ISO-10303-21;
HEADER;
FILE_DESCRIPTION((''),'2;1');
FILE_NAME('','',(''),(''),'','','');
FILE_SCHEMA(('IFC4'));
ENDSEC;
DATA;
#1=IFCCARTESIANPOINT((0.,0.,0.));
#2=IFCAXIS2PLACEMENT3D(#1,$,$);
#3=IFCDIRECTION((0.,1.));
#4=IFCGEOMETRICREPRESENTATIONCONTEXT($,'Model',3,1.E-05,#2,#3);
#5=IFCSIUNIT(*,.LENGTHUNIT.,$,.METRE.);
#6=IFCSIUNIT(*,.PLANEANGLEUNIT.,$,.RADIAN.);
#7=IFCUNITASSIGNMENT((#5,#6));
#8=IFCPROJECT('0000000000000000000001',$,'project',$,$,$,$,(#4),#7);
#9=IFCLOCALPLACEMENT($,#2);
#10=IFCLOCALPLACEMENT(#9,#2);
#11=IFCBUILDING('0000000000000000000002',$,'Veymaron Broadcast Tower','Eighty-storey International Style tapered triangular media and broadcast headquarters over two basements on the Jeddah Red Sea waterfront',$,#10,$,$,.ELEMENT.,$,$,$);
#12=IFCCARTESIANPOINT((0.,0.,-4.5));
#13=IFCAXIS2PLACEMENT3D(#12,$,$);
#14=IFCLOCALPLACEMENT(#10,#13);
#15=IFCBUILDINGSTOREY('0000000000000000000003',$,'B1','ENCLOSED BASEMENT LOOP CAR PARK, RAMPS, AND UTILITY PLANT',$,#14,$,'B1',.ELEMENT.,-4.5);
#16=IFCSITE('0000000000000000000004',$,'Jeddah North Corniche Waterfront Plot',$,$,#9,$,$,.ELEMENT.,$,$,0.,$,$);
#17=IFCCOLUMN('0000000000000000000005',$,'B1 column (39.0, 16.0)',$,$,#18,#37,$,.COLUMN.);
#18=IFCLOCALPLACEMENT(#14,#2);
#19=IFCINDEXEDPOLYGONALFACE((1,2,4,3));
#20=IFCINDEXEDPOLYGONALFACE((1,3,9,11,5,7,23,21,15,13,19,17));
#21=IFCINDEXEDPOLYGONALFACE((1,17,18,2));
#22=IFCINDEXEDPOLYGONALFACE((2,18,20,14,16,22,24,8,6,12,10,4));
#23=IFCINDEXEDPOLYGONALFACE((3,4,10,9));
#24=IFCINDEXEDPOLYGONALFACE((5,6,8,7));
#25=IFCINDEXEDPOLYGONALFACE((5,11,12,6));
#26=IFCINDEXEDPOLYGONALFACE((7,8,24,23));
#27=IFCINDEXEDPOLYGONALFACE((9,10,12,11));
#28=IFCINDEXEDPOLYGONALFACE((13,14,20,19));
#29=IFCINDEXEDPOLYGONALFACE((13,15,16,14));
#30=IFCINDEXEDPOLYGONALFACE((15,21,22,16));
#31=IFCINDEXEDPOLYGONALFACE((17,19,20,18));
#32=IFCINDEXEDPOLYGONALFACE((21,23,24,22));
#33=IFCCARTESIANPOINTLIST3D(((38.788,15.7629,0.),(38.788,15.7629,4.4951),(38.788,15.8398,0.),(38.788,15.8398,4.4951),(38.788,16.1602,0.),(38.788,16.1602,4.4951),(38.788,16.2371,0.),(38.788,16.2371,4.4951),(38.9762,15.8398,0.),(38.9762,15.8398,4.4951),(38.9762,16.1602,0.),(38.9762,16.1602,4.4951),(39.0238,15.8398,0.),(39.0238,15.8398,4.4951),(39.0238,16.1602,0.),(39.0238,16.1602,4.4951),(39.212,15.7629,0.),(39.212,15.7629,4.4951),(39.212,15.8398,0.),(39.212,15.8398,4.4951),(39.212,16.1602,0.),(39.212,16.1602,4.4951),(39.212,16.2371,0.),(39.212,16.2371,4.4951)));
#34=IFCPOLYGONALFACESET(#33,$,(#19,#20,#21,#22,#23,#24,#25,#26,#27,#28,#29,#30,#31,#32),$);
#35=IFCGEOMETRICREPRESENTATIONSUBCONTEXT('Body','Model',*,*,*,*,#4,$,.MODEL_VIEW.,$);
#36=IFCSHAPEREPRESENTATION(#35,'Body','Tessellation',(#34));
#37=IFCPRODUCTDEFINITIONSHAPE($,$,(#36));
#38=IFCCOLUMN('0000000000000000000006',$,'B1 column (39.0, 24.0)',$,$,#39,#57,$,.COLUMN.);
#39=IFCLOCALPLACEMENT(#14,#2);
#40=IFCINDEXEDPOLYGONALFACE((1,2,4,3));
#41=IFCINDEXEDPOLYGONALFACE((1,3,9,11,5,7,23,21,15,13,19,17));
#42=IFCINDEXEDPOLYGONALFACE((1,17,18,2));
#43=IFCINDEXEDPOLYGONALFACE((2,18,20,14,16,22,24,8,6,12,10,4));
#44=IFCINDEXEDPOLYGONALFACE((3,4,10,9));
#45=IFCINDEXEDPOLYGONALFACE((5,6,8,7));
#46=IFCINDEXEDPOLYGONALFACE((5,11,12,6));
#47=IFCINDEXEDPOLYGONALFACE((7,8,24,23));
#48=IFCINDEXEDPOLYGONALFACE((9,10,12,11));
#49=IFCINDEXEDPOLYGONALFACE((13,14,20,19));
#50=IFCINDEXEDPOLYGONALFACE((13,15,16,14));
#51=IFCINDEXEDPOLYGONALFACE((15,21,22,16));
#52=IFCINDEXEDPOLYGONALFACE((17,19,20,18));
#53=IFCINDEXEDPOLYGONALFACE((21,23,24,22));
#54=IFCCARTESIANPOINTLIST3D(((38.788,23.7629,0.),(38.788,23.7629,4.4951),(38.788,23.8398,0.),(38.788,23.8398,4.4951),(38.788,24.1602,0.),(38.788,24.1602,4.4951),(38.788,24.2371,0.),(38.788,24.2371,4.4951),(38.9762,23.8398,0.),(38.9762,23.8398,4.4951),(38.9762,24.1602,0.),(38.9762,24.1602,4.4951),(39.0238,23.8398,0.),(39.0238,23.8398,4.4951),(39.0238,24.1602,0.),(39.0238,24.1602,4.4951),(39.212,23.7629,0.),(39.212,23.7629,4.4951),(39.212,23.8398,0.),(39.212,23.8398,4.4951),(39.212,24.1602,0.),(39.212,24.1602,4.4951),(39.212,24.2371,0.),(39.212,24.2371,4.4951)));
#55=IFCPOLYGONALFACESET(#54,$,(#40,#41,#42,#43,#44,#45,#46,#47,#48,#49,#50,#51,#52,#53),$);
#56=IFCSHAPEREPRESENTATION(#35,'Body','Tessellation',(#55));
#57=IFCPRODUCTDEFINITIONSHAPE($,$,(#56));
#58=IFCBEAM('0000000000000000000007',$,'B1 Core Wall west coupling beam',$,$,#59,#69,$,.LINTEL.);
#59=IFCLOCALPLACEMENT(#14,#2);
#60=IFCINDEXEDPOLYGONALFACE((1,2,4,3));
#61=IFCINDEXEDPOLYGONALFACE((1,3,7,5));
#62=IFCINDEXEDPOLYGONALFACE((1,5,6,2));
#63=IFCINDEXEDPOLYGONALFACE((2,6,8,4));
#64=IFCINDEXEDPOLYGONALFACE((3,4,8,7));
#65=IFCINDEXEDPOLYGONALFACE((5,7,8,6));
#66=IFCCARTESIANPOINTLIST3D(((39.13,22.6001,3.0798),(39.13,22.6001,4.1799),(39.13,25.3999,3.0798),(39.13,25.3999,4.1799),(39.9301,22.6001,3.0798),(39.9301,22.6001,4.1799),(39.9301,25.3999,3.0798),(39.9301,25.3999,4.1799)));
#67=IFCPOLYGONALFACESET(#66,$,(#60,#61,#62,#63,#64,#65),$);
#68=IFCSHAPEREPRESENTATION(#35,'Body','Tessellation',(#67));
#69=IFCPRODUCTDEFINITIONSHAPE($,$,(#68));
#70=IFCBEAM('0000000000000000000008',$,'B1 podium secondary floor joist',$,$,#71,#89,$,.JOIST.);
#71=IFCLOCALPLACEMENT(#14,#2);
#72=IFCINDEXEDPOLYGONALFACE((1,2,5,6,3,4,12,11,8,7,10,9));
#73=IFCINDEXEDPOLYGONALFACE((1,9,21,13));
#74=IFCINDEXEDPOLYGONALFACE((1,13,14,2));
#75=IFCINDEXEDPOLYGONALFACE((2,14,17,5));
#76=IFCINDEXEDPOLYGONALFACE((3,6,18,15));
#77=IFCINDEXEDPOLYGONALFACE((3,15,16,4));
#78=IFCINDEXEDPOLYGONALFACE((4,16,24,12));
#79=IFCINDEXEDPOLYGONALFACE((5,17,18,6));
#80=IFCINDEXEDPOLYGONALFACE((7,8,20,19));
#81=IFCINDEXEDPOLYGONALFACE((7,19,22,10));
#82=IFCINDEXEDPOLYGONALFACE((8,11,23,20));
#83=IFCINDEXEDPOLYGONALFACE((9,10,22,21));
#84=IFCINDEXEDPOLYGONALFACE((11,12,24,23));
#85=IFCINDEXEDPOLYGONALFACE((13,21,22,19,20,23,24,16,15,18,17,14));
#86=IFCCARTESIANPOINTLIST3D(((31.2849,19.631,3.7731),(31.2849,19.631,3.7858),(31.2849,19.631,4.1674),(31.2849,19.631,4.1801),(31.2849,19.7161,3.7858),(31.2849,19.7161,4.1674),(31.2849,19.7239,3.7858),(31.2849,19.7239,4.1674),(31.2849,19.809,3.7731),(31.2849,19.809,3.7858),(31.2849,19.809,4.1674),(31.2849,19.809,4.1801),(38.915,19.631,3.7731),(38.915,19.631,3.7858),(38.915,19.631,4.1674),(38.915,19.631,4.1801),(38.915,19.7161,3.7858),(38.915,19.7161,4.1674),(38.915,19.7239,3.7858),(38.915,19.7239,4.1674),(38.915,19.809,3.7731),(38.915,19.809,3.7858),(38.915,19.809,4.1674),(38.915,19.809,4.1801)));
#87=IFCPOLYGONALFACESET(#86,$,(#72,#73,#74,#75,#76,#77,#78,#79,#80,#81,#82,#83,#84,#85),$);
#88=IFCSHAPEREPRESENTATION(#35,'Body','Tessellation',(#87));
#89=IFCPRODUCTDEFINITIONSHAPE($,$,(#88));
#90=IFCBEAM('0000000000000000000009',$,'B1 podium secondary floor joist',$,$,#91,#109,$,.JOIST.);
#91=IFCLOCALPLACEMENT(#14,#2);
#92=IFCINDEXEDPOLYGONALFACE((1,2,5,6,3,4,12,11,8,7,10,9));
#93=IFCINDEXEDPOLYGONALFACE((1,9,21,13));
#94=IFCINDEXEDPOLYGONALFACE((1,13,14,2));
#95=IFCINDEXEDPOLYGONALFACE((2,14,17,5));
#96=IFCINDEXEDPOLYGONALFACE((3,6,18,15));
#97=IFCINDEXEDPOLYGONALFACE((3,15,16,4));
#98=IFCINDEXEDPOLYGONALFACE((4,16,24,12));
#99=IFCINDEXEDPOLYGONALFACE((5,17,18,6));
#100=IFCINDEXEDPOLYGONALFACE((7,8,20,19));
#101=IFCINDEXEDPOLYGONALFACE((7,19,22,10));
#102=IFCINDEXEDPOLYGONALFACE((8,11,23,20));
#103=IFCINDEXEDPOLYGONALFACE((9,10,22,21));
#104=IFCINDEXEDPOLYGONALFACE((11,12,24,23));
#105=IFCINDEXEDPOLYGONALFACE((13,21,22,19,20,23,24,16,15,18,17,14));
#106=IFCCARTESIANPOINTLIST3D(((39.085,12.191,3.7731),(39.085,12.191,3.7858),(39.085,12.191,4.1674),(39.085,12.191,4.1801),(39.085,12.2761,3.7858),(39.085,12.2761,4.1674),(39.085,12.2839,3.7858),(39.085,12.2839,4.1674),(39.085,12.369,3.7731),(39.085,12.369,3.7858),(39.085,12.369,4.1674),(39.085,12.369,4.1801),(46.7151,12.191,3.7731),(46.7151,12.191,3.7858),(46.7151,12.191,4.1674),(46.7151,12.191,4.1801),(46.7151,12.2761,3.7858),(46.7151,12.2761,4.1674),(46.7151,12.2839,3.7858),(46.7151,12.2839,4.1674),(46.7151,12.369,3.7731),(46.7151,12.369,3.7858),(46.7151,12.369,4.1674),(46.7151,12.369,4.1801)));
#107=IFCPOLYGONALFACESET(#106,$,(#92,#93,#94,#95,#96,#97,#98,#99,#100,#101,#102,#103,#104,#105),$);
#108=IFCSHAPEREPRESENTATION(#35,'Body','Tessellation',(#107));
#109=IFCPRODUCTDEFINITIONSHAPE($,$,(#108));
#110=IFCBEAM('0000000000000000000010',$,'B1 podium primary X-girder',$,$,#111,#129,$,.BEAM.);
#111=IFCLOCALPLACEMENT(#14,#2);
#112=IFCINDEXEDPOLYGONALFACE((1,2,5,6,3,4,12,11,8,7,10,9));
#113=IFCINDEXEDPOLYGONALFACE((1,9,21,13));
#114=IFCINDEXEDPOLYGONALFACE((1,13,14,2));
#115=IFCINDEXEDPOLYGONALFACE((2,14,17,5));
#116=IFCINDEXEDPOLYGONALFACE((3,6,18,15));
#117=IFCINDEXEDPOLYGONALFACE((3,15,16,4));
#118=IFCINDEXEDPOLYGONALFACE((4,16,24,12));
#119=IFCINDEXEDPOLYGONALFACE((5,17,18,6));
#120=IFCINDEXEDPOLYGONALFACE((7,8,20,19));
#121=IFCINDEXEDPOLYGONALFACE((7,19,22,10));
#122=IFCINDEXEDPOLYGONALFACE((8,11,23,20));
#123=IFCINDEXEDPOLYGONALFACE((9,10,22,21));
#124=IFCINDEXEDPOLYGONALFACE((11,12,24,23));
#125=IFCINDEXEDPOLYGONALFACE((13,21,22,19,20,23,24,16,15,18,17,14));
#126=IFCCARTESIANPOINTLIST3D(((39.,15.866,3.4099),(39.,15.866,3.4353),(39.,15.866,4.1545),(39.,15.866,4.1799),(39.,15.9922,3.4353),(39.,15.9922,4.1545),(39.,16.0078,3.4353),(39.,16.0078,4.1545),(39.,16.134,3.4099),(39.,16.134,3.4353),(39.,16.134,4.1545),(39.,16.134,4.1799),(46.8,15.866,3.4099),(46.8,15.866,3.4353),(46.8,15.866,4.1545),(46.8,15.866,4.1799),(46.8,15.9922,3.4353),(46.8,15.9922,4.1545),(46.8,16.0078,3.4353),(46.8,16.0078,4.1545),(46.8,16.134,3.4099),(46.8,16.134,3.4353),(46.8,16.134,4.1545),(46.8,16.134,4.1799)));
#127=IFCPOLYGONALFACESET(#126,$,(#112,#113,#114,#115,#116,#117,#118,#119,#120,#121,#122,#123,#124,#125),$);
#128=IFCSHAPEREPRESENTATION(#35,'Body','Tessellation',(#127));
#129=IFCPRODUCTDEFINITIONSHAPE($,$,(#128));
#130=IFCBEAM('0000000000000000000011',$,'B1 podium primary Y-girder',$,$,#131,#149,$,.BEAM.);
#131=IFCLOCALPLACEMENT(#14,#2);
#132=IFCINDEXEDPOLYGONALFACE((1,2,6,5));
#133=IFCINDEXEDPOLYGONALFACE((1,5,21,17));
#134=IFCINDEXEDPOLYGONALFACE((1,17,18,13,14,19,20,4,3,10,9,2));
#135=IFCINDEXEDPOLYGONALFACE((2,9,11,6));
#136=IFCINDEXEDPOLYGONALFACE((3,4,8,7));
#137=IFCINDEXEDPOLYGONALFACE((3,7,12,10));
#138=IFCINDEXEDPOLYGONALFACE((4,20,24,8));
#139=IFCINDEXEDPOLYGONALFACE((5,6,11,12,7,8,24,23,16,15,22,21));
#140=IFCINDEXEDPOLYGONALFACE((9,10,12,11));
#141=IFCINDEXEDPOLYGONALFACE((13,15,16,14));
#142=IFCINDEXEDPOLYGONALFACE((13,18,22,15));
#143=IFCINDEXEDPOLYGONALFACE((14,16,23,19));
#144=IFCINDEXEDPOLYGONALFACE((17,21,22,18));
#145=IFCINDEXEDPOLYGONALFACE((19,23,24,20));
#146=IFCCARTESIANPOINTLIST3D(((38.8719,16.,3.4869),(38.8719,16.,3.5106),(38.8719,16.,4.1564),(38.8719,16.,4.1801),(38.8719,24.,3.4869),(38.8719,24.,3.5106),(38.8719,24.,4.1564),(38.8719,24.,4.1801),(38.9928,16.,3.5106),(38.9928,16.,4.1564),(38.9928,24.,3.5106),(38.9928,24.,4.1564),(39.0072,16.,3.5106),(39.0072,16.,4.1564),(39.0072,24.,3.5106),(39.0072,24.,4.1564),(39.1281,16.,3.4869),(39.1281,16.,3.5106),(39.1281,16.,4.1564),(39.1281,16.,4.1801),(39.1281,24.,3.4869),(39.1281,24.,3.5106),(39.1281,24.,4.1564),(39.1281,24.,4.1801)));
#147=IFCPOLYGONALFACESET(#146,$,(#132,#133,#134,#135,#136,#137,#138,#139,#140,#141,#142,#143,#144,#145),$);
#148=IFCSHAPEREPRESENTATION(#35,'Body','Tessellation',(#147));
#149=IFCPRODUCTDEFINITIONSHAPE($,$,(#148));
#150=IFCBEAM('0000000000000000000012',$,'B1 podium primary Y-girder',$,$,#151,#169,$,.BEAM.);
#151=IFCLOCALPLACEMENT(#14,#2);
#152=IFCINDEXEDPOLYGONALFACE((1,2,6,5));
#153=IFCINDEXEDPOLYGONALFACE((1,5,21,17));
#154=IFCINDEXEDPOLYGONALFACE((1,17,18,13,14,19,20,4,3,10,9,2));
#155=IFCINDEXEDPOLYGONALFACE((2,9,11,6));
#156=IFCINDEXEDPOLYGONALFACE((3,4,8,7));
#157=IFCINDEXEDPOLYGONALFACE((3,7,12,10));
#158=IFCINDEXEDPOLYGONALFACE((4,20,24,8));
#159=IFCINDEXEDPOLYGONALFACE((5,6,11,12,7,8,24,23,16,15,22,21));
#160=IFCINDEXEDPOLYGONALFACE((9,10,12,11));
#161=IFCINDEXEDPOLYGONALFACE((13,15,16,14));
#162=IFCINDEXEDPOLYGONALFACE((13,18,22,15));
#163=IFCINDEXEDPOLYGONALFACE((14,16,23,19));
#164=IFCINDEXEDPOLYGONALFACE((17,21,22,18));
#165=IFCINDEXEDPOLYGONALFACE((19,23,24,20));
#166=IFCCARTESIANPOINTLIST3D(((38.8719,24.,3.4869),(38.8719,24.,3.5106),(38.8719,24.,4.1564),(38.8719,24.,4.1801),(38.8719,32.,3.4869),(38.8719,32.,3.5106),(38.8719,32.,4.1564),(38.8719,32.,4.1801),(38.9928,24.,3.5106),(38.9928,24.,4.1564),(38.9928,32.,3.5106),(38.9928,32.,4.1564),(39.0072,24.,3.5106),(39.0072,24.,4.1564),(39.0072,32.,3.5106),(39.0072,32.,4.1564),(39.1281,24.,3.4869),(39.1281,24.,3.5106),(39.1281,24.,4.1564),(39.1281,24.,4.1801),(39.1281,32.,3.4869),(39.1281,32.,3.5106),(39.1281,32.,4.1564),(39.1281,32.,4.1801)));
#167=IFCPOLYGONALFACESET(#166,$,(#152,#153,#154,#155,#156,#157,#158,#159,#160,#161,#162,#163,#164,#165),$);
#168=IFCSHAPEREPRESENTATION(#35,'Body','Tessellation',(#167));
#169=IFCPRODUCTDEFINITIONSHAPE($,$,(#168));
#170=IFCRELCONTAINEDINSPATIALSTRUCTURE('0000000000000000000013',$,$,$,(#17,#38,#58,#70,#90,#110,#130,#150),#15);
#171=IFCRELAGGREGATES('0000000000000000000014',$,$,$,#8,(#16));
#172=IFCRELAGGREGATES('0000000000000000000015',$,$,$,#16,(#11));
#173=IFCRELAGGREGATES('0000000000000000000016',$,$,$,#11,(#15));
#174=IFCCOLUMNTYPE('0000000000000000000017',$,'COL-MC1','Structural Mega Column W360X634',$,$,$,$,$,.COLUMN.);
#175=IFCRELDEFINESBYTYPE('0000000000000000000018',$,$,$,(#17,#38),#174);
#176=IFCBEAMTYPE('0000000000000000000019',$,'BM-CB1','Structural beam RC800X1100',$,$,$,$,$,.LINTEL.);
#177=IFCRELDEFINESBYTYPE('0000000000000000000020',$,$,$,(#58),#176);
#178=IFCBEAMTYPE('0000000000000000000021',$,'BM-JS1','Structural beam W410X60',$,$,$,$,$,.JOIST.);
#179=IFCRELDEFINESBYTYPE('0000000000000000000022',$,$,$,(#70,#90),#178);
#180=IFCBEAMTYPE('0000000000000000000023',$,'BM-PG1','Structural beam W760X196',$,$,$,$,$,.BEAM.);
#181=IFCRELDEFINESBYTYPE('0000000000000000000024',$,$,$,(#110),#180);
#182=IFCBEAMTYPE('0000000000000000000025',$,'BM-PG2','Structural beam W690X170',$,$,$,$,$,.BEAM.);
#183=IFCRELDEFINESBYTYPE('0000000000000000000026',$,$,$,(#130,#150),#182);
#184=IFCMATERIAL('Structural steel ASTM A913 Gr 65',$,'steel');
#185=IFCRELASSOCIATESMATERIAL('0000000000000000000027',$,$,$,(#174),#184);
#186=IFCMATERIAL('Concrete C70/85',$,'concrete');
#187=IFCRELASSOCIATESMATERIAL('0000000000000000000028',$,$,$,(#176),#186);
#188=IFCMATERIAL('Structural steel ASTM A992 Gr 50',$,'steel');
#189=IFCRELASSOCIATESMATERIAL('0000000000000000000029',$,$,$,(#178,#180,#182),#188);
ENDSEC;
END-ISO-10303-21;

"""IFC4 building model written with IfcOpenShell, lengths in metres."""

from ifc_helpers import new_model, si_unit, direction, frame, origin, origin_2d, place, context, subcontext, project, spatial, rectangle, i_section, extrude, material, material_profile, profile_set, type_object, element, save


model = new_model("IFC4")

# Units and contexts
model_context = context("Model", 3, precision=1e-05, world=origin(), true_north=direction((0.0, 1.0)))
body_context = subcontext(model_context, "Body", "Model", "MODEL_VIEW")
ifc_project = project(units=[si_unit("LENGTHUNIT", "METRE"), si_unit("PLANEANGLEUNIT", "RADIAN")], contexts=[model_context])

# Site, building, storey
site_placement = place(None, origin())
site = spatial("IfcSite", under=ifc_project, at=site_placement, Name="Jeddah North Corniche Waterfront Plot", CompositionType="ELEMENT", RefElevation=0.0)
building_placement = place(site_placement, origin())
building = spatial("IfcBuilding", under=site, at=building_placement, Name="Veymaron Broadcast Tower", Description="Eighty-storey International Style tapered triangular media and broadcast headquarters over two basements on the Jeddah Red Sea waterfront", CompositionType="ELEMENT")
storey_placement = place(building_placement, frame((0.0, 0.0, -4.5)))
storey = spatial("IfcBuildingStorey", under=building, at=storey_placement, Name="B1", Description="ENCLOSED BASEMENT LOOP CAR PARK, RAMPS, AND UTILITY PLANT", LongName="B1", CompositionType="ELEMENT", Elevation=-4.5)

# Columns
ifc_material_1 = material(Name="Structural steel ASTM A913 Gr 65", Category="steel")
ifc_material_profile_1 = material_profile(ifc_material_1, i_section(OverallWidth=0.4241, OverallDepth=0.4741, WebThickness=0.0476, FlangeThickness=0.0769, at=origin_2d()), Name="W360X634")
ifc_profile_set_1 = profile_set([ifc_material_profile_1], Name="Structural steel ASTM A913 Gr 65")
column_type = type_object("IfcColumnType", Name="COL-MC1", Description="Structural Mega Column W360X634", PredefinedType="COLUMN", material=ifc_profile_set_1)
for number, where, z_axis, x_axis, name in (
    (1, (39.0, 16.0, 0.0), (0.0, 0.0, 1.0), (1.0, 0.0, 0.0), "B1 column (39.0, 16.0)"),
    (2, (39.0, 24.0, 0.0), (0.0, 0.0, 1.0), (1.0, 0.0, 0.0), "B1 column (39.0, 24.0)"),
):
    element("IfcColumn", number, at=place(storey_placement, frame(where, z_axis=z_axis, x_axis=x_axis)), inside=storey, type_object=column_type, Name=name, PredefinedType="COLUMN", context=body_context, shape_type="SweptSolid", body=[
        extrude(i_section(OverallWidth=0.4241, OverallDepth=0.4741, WebThickness=0.0476, FlangeThickness=0.0769, at=origin_2d()), origin(), (0.0, 0.0, 1.0), 4.4951),
    ])

# Beams
ifc_material_2 = material(Name="Concrete C70/85", Category="concrete")
ifc_material_profile_2 = material_profile(ifc_material_2, rectangle(XDim=0.8, YDim=1.1001, at=origin_2d()), Name="RC800X1100")
ifc_profile_set_2 = profile_set([ifc_material_profile_2], Name="Concrete C70/85")
beam_type_1 = type_object("IfcBeamType", Name="BM-CB1", Description="Structural beam RC800X1100", PredefinedType="LINTEL", material=ifc_profile_set_2)
beam_1_placement = place(storey_placement, frame((39.53, 22.6001, 3.6299), z_axis=(0.0, 1.0, 0.0), x_axis=(-1.0, 0.0, 0.0)))
element("IfcBeam", 3, at=beam_1_placement, inside=storey, type_object=beam_type_1, Name="B1 Core Wall west coupling beam", PredefinedType="LINTEL", context=body_context, shape_type="SweptSolid", body=[
    extrude(rectangle(XDim=0.8, YDim=1.1001, at=origin_2d()), origin(), (0.0, 0.0, 1.0), 2.7998),
])
ifc_material_3 = material(Name="Structural steel ASTM A992 Gr 50", Category="steel")
ifc_material_profile_3 = material_profile(ifc_material_3, i_section(OverallWidth=0.178, OverallDepth=0.407, WebThickness=0.0078, FlangeThickness=0.0127, at=origin_2d()), Name="W410X60")
ifc_profile_set_3 = profile_set([ifc_material_profile_3], Name="Structural steel ASTM A992 Gr 50")
beam_type_2 = type_object("IfcBeamType", Name="BM-JS1", Description="Structural beam W410X60", PredefinedType="JOIST", material=ifc_profile_set_3)
for number, where, z_axis, x_axis, name in (
    (4, (31.2849, 19.72, 3.9766), (1.0, 0.0, 0.0), (0.0, 1.0, 0.0), "B1 podium secondary floor joist"),
    (5, (39.085, 12.28, 3.9766), (1.0, 0.0, 0.0), (0.0, 1.0, 0.0), "B1 podium secondary floor joist"),
):
    element("IfcBeam", number, at=place(storey_placement, frame(where, z_axis=z_axis, x_axis=x_axis)), inside=storey, type_object=beam_type_2, Name=name, PredefinedType="JOIST", context=body_context, shape_type="SweptSolid", body=[
        extrude(i_section(OverallWidth=0.178, OverallDepth=0.407, WebThickness=0.0078, FlangeThickness=0.0127, at=origin_2d()), origin(), (0.0, 0.0, 1.0), 7.6301),
    ])
ifc_material_profile_4 = material_profile(ifc_material_3, i_section(OverallWidth=0.2681, OverallDepth=0.77, WebThickness=0.0156, FlangeThickness=0.0254, at=origin_2d()), Name="W760X196")
ifc_profile_set_4 = profile_set([ifc_material_profile_4], Name="Structural steel ASTM A992 Gr 50")
beam_type_3 = type_object("IfcBeamType", Name="BM-PG1", Description="Structural beam W760X196", PredefinedType="BEAM", material=ifc_profile_set_4)
beam_2_placement = place(storey_placement, frame((39.0, 16.0, 3.7949), z_axis=(1.0, 0.0, 0.0), x_axis=(0.0, 1.0, 0.0)))
element("IfcBeam", 6, at=beam_2_placement, inside=storey, type_object=beam_type_3, Name="B1 podium primary X-girder", PredefinedType="BEAM", context=body_context, shape_type="SweptSolid", body=[
    extrude(i_section(OverallWidth=0.2681, OverallDepth=0.77, WebThickness=0.0156, FlangeThickness=0.0254, at=origin_2d()), origin(), (0.0, 0.0, 1.0), 7.8),
])
ifc_material_profile_5 = material_profile(ifc_material_3, i_section(OverallWidth=0.2561, OverallDepth=0.6931, WebThickness=0.0144, FlangeThickness=0.0237, at=origin_2d()), Name="W690X170")
ifc_profile_set_5 = profile_set([ifc_material_profile_5], Name="Structural steel ASTM A992 Gr 50")
beam_type_4 = type_object("IfcBeamType", Name="BM-PG2", Description="Structural beam W690X170", PredefinedType="BEAM", material=ifc_profile_set_5)
for number, where, z_axis, x_axis, name in (
    (7, (39.0, 16.0, 3.8335), (0.0, 1.0, 0.0), (-1.0, 0.0, 0.0), "B1 podium primary Y-girder"),
    (8, (39.0, 24.0, 3.8335), (0.0, 1.0, 0.0), (-1.0, 0.0, 0.0), "B1 podium primary Y-girder"),
):
    element("IfcBeam", number, at=place(storey_placement, frame(where, z_axis=z_axis, x_axis=x_axis)), inside=storey, type_object=beam_type_4, Name=name, PredefinedType="BEAM", context=body_context, shape_type="SweptSolid", body=[
        extrude(i_section(OverallWidth=0.2561, OverallDepth=0.6931, WebThickness=0.0144, FlangeThickness=0.0237, at=origin_2d()), origin(), (0.0, 0.0, 1.0), 8.0),
    ])

save(model, "model.ifc")
